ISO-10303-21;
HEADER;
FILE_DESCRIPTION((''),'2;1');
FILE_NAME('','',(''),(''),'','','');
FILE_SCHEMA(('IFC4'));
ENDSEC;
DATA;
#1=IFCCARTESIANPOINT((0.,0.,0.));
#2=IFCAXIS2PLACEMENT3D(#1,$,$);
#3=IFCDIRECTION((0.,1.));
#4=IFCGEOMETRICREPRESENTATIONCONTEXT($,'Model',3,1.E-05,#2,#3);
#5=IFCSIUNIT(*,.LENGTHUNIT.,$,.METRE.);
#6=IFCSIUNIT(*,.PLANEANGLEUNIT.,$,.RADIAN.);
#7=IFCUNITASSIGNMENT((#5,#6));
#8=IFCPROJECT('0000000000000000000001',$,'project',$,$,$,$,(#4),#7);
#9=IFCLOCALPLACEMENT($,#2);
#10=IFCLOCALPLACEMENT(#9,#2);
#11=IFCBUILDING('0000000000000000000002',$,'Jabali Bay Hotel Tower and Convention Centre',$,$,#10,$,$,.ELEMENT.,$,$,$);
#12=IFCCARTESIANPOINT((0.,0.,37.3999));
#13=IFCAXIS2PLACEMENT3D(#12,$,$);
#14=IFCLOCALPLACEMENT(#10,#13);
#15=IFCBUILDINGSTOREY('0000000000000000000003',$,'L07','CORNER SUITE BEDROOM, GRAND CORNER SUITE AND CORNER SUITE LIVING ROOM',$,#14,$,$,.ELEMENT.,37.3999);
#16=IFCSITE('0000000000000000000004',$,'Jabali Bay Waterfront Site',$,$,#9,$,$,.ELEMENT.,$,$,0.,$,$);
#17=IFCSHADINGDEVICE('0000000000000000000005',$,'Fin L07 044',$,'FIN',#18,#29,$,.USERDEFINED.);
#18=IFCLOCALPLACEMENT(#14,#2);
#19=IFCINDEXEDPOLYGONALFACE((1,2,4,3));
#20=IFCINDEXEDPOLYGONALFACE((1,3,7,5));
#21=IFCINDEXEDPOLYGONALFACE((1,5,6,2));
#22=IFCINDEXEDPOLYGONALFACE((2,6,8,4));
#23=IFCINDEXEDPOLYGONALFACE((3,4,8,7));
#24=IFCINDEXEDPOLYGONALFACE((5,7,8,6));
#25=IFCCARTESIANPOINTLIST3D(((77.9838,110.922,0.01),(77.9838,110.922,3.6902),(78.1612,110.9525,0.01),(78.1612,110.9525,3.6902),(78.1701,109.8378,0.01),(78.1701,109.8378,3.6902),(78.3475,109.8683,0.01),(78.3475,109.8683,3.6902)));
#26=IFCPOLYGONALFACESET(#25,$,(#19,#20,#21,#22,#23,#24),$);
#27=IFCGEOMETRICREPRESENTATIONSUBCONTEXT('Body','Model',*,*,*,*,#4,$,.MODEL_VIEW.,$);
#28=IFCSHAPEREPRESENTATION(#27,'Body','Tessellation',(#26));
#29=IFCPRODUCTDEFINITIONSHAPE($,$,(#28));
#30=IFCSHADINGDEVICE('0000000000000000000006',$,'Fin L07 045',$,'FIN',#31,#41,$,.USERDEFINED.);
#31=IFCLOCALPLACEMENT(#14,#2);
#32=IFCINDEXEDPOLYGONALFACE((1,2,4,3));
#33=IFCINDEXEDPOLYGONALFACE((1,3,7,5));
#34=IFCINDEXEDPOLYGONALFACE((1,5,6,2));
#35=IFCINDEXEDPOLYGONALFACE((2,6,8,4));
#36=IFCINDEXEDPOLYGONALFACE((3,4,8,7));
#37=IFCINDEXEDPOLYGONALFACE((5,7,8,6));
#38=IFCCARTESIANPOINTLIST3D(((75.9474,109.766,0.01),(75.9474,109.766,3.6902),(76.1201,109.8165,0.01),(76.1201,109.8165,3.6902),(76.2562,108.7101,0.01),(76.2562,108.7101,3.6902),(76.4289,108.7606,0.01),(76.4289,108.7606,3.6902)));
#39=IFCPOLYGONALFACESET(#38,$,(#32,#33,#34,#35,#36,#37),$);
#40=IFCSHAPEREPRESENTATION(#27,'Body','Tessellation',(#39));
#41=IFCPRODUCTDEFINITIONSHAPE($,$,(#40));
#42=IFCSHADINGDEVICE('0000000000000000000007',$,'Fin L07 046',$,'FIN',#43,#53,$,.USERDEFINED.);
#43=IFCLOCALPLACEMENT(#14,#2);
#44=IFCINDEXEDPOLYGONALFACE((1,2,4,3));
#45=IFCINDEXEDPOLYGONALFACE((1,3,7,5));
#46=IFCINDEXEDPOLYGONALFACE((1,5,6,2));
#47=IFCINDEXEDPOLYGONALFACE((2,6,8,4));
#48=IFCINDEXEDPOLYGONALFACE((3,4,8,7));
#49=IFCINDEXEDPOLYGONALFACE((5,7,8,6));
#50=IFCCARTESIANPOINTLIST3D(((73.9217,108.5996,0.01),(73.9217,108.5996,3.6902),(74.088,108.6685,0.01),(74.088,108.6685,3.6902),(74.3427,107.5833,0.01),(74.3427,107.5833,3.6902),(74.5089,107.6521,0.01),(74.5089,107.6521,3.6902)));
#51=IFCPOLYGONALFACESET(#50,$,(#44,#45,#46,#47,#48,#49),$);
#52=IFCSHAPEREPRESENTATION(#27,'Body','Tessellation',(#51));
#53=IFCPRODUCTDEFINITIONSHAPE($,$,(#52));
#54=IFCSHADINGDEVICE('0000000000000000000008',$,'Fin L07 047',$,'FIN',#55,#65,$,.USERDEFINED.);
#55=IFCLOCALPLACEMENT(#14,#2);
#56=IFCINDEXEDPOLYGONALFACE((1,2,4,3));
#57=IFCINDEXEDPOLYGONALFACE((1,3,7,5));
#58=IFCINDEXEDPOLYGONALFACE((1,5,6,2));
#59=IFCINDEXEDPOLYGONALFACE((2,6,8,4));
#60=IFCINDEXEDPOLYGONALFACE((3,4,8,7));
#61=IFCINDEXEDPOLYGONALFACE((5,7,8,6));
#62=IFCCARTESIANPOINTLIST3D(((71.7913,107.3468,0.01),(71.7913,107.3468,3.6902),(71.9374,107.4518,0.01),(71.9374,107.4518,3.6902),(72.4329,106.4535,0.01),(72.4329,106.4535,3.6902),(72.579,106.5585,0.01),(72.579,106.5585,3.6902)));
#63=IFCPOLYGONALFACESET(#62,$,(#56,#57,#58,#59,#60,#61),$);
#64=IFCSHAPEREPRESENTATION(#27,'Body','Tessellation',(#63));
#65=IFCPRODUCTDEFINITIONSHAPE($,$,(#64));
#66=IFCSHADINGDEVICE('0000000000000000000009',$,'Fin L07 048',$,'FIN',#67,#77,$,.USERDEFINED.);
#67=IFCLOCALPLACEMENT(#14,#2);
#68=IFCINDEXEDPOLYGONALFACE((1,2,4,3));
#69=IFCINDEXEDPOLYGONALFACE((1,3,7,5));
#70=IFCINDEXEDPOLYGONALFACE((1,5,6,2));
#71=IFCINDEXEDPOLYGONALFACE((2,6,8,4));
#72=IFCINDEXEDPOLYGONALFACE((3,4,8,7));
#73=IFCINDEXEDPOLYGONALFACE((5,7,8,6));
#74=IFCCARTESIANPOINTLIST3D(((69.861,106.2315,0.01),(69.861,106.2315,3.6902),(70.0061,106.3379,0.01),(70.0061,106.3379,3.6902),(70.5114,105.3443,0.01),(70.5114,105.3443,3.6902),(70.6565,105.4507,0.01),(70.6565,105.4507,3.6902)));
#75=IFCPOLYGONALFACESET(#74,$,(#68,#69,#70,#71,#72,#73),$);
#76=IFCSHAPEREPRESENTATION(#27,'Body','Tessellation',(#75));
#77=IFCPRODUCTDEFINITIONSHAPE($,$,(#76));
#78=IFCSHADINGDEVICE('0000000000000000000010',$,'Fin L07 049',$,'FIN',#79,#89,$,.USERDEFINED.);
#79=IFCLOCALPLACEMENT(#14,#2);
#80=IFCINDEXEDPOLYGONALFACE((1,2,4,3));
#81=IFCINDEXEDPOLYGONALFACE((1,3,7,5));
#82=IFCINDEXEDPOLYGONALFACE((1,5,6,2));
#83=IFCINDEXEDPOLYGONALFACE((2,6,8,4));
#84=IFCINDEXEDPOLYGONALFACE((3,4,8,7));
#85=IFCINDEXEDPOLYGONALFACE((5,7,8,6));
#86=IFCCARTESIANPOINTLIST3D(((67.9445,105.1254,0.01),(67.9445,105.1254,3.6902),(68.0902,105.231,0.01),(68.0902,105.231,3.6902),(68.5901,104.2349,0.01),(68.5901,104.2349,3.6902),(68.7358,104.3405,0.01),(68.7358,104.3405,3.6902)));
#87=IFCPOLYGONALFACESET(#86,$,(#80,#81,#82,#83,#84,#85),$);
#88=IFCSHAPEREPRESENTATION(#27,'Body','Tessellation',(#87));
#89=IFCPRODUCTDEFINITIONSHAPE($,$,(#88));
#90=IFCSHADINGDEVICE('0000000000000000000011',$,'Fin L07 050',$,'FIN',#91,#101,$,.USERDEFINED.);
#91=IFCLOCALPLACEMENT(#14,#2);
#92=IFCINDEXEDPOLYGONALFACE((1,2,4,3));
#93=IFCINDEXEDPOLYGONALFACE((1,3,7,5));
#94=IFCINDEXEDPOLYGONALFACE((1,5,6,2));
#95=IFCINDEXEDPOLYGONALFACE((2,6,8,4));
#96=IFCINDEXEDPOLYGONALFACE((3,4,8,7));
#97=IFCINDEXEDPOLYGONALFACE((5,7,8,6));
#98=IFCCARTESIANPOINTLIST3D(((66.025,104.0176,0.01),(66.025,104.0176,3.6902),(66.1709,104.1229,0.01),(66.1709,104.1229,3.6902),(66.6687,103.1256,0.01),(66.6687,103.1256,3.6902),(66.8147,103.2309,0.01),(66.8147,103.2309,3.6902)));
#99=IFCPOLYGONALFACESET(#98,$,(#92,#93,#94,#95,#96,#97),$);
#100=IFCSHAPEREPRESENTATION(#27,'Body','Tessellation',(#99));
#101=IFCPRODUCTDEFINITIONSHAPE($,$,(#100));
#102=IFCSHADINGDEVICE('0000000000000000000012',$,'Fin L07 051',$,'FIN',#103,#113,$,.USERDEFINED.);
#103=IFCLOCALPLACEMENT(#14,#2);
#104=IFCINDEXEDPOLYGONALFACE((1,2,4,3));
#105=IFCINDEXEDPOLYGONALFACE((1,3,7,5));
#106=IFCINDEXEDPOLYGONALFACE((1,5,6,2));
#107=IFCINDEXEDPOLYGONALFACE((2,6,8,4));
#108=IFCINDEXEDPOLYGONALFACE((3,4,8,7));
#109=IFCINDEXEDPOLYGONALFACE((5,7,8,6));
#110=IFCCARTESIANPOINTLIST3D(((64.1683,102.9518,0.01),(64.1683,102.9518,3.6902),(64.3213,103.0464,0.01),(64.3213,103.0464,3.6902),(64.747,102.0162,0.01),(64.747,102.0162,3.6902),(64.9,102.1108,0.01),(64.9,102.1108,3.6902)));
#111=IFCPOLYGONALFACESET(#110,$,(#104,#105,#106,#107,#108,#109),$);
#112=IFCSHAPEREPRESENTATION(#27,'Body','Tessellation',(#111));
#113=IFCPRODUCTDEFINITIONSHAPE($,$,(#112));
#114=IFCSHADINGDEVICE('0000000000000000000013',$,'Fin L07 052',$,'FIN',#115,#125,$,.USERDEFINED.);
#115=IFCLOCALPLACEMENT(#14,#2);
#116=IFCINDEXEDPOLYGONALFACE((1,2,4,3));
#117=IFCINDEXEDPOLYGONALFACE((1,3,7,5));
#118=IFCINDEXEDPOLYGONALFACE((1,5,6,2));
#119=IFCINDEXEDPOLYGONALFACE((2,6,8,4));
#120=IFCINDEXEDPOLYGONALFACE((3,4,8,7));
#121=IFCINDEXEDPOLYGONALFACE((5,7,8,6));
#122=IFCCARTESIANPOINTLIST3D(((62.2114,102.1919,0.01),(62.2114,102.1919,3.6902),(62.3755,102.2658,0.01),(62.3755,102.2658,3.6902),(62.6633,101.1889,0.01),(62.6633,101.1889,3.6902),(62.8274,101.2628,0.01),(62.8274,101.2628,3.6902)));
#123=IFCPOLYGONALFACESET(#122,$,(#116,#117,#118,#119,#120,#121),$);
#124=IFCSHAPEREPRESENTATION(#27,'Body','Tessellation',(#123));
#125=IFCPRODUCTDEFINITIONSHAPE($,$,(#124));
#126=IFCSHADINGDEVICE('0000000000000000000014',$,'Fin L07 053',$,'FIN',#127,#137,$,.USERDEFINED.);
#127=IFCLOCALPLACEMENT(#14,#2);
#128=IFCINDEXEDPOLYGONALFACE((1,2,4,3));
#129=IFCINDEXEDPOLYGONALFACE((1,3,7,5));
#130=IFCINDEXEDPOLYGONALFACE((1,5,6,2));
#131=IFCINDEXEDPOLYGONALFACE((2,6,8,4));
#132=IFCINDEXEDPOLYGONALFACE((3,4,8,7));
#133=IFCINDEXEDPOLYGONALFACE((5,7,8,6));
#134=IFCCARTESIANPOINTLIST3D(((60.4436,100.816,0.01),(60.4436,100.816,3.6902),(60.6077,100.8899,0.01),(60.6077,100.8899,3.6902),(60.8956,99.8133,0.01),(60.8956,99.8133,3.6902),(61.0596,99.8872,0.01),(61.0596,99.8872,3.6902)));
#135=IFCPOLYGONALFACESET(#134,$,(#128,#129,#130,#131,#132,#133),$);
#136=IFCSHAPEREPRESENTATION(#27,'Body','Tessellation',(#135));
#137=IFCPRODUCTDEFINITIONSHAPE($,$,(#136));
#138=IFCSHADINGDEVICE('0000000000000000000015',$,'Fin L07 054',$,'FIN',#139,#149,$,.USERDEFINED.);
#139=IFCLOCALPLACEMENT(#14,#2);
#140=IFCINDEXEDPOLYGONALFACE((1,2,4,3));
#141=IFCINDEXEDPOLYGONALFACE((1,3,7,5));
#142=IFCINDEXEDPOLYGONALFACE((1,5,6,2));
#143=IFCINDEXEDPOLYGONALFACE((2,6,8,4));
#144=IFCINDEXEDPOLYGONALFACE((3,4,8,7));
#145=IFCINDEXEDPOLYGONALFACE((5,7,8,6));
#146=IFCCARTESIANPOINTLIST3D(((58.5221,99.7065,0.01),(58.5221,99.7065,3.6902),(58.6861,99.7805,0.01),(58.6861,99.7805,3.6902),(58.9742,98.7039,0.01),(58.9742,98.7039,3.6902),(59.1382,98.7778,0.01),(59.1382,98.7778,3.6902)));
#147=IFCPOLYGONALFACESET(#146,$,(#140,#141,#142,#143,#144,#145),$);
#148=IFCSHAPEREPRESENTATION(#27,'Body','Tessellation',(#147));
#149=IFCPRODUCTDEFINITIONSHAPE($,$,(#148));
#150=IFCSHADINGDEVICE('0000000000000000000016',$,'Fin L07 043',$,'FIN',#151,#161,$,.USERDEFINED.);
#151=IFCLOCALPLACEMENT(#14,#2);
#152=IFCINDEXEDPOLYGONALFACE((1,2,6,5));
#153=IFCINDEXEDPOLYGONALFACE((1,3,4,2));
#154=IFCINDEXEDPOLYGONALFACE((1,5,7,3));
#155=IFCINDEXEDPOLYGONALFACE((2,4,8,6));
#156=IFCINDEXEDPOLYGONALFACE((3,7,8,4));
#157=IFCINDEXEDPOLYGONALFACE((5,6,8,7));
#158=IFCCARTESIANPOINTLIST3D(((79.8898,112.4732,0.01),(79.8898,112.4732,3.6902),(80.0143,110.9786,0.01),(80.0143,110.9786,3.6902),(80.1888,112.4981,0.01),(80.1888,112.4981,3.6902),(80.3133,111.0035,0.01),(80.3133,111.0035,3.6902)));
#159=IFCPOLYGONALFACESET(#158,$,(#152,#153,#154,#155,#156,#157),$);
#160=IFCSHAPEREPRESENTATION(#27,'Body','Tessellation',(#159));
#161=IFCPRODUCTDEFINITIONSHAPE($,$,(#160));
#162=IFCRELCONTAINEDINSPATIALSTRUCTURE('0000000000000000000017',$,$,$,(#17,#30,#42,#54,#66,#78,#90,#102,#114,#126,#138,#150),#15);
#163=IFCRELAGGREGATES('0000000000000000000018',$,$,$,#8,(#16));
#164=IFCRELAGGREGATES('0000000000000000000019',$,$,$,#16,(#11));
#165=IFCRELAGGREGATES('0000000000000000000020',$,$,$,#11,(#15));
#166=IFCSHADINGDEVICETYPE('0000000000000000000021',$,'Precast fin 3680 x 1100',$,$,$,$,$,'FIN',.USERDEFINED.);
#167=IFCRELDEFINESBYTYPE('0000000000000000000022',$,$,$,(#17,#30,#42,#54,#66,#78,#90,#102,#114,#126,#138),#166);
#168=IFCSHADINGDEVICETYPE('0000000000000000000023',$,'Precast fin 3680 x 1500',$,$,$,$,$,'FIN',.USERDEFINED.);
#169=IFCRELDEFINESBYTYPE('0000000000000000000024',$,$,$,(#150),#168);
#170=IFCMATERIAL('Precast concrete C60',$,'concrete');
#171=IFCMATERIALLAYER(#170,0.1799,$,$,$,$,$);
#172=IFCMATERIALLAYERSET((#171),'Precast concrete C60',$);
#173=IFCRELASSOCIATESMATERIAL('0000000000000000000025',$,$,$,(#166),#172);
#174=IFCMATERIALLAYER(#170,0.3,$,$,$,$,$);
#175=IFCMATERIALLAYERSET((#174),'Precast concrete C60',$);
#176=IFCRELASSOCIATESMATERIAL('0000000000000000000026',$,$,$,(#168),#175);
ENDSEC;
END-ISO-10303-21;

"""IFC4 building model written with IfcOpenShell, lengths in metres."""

from ifc_helpers import new_model, si_unit, direction, frame, frame_2d, origin, place, context, subcontext, project, spatial, rectangle, extrude, material, layer, layer_set, type_object, element, save


model = new_model("IFC4")

# Units and contexts
model_context = context("Model", 3, precision=1e-05, world=origin(), true_north=direction((0.0, 1.0)))
body_context = subcontext(model_context, "Body", "Model", "MODEL_VIEW")
ifc_project = project(units=[si_unit("LENGTHUNIT", "METRE"), si_unit("PLANEANGLEUNIT", "RADIAN")], contexts=[model_context])

# Site, building, storey
site_placement = place(None, origin())
site = spatial("IfcSite", under=ifc_project, at=site_placement, Name="Jabali Bay Waterfront Site", CompositionType="ELEMENT", RefElevation=0.0)
building_placement = place(site_placement, origin())
building = spatial("IfcBuilding", under=site, at=building_placement, Name="Jabali Bay Hotel Tower and Convention Centre", CompositionType="ELEMENT")
storey_placement = place(building_placement, frame((0.0, 0.0, 37.3999)))
storey = spatial("IfcBuildingStorey", under=building, at=storey_placement, Name="L07", Description="CORNER SUITE BEDROOM, GRAND CORNER SUITE AND CORNER SUITE LIVING ROOM", CompositionType="ELEMENT", Elevation=37.3999)

# Shading devices
ifc_material_1 = material(Name="Precast concrete C60", Category="concrete")
ifc_layer_1 = layer(ifc_material_1, 0.1799)
ifc_layer_set_1 = layer_set([ifc_layer_1], Name="Precast concrete C60")
shading_device_type_1 = type_object("IfcShadingDeviceType", Name="Precast fin 3680 x 1100", ElementType="FIN", PredefinedType="USERDEFINED", material=ifc_layer_set_1)
for number, where, z_axis, x_axis, name in (
    (1, (78.2588, 109.853, 0.01), (0.0, 0.0, 1.0), (-0.169327, 0.98556, 0.0), "Fin L07 044"),
    (2, (76.3425, 108.7354, 0.01), (0.0, 0.0, 1.0), (-0.280724, 0.959788, 0.0), "Fin L07 045"),
    (3, (74.4258, 107.6177, 0.01), (0.0, 0.0, 1.0), (-0.382613, 0.923909, 0.0), "Fin L07 046"),
):
    element("IfcShadingDevice", number, at=place(storey_placement, frame(where, z_axis=z_axis, x_axis=x_axis)), inside=storey, type_object=shading_device_type_1, Name=name, ObjectType="FIN", PredefinedType="USERDEFINED", context=body_context, shape_type="SweptSolid", body=[
        extrude(rectangle(XDim=1.1001, YDim=0.1799, at=frame_2d((0.55, 0.0))), origin(), (0.0, 0.0, 1.0), 3.6802),
    ])
shading_device_1_placement = place(storey_placement, frame((72.5059, 106.5061, 0.01), z_axis=(0.0, 0.0, 1.0), x_axis=(-0.583357, 0.812216, 0.0)))
element("IfcShadingDevice", 4, at=shading_device_1_placement, inside=storey, type_object=shading_device_type_1, Name="Fin L07 047", ObjectType="FIN", PredefinedType="USERDEFINED", context=body_context, shape_type="SweptSolid", body=[
    extrude(rectangle(XDim=1.0999, YDim=0.1799, at=frame_2d((0.5498, 0.0))), origin(), (0.0, 0.0, 1.0), 3.6802),
])
shading_device_2_placement = place(storey_placement, frame((70.584, 105.3975, 0.01), z_axis=(0.0, 0.0, 1.0), x_axis=(-0.591229, 0.806504, 0.0)))
element("IfcShadingDevice", 5, at=shading_device_2_placement, inside=storey, type_object=shading_device_type_1, Name="Fin L07 048", ObjectType="FIN", PredefinedType="USERDEFINED", context=body_context, shape_type="SweptSolid", body=[
    extrude(rectangle(XDim=1.1001, YDim=0.1799, at=frame_2d((0.55, 0.0))), origin(), (0.0, 0.0, 1.0), 3.6802),
])
shading_device_3_placement = place(storey_placement, frame((68.6628, 104.2878, 0.01), z_axis=(0.0, 0.0, 1.0), x_axis=(-0.586957, 0.809618, 0.0)))
element("IfcShadingDevice", 6, at=shading_device_3_placement, inside=storey, type_object=shading_device_type_1, Name="Fin L07 049", ObjectType="FIN", PredefinedType="USERDEFINED", context=body_context, shape_type="SweptSolid", body=[
    extrude(rectangle(XDim=1.0999, YDim=0.1799, at=frame_2d((0.5498, 0.0))), origin(), (0.0, 0.0, 1.0), 3.6802),
])
for number, where, z_axis, x_axis, name in (
    (7, (66.7417, 103.1782, 0.01), (0.0, 0.0, 1.0), (-0.585199, 0.81089, 0.0), "Fin L07 050"),
    (8, (64.8235, 102.0635, 0.01), (0.0, 0.0, 1.0), (-0.526003, 0.850483, 0.0), "Fin L07 051"),
    (9, (62.7454, 101.2258, 0.01), (0.0, 0.0, 1.0), (-0.410808, 0.911722, 0.0), "Fin L07 052"),
):
    element("IfcShadingDevice", number, at=place(storey_placement, frame(where, z_axis=z_axis, x_axis=x_axis)), inside=storey, type_object=shading_device_type_1, Name=name, ObjectType="FIN", PredefinedType="USERDEFINED", context=body_context, shape_type="SweptSolid", body=[
        extrude(rectangle(XDim=1.1001, YDim=0.1799, at=frame_2d((0.55, 0.0))), origin(), (0.0, 0.0, 1.0), 3.6802),
    ])
for number, where, z_axis, x_axis, name in (
    (10, (60.9775, 99.8503, 0.01), (0.0, 0.0, 1.0), (-0.410891, 0.911685, 0.0), "Fin L07 053"),
    (11, (59.0562, 98.741, 0.01), (0.0, 0.0, 1.0), (-0.411075, 0.911601, 0.0), "Fin L07 054"),
):
    element("IfcShadingDevice", number, at=place(storey_placement, frame(where, z_axis=z_axis, x_axis=x_axis)), inside=storey, type_object=shading_device_type_1, Name=name, ObjectType="FIN", PredefinedType="USERDEFINED", context=body_context, shape_type="SweptSolid", body=[
        extrude(rectangle(XDim=1.0999, YDim=0.1799, at=frame_2d((0.5498, 0.0))), origin(), (0.0, 0.0, 1.0), 3.6802),
    ])
ifc_layer_2 = layer(ifc_material_1, 0.3)
ifc_layer_set_2 = layer_set([ifc_layer_2], Name="Precast concrete C60")
shading_device_type_2 = type_object("IfcShadingDeviceType", Name="Precast fin 3680 x 1500", ElementType="FIN", PredefinedType="USERDEFINED", material=ifc_layer_set_2)
shading_device_4_placement = place(storey_placement, frame((80.1638, 110.991, 0.01), z_axis=(0.0, 0.0, 1.0), x_axis=(-0.083019, 0.996548, 0.0)))
element("IfcShadingDevice", 12, at=shading_device_4_placement, inside=storey, type_object=shading_device_type_2, Name="Fin L07 043", ObjectType="FIN", PredefinedType="USERDEFINED", context=body_context, shape_type="SweptSolid", body=[
    extrude(rectangle(XDim=1.4998, YDim=0.3, at=frame_2d((0.75, 0.0))), origin(), (0.0, 0.0, 1.0), 3.6802),
])

save(model, "model.ifc")
